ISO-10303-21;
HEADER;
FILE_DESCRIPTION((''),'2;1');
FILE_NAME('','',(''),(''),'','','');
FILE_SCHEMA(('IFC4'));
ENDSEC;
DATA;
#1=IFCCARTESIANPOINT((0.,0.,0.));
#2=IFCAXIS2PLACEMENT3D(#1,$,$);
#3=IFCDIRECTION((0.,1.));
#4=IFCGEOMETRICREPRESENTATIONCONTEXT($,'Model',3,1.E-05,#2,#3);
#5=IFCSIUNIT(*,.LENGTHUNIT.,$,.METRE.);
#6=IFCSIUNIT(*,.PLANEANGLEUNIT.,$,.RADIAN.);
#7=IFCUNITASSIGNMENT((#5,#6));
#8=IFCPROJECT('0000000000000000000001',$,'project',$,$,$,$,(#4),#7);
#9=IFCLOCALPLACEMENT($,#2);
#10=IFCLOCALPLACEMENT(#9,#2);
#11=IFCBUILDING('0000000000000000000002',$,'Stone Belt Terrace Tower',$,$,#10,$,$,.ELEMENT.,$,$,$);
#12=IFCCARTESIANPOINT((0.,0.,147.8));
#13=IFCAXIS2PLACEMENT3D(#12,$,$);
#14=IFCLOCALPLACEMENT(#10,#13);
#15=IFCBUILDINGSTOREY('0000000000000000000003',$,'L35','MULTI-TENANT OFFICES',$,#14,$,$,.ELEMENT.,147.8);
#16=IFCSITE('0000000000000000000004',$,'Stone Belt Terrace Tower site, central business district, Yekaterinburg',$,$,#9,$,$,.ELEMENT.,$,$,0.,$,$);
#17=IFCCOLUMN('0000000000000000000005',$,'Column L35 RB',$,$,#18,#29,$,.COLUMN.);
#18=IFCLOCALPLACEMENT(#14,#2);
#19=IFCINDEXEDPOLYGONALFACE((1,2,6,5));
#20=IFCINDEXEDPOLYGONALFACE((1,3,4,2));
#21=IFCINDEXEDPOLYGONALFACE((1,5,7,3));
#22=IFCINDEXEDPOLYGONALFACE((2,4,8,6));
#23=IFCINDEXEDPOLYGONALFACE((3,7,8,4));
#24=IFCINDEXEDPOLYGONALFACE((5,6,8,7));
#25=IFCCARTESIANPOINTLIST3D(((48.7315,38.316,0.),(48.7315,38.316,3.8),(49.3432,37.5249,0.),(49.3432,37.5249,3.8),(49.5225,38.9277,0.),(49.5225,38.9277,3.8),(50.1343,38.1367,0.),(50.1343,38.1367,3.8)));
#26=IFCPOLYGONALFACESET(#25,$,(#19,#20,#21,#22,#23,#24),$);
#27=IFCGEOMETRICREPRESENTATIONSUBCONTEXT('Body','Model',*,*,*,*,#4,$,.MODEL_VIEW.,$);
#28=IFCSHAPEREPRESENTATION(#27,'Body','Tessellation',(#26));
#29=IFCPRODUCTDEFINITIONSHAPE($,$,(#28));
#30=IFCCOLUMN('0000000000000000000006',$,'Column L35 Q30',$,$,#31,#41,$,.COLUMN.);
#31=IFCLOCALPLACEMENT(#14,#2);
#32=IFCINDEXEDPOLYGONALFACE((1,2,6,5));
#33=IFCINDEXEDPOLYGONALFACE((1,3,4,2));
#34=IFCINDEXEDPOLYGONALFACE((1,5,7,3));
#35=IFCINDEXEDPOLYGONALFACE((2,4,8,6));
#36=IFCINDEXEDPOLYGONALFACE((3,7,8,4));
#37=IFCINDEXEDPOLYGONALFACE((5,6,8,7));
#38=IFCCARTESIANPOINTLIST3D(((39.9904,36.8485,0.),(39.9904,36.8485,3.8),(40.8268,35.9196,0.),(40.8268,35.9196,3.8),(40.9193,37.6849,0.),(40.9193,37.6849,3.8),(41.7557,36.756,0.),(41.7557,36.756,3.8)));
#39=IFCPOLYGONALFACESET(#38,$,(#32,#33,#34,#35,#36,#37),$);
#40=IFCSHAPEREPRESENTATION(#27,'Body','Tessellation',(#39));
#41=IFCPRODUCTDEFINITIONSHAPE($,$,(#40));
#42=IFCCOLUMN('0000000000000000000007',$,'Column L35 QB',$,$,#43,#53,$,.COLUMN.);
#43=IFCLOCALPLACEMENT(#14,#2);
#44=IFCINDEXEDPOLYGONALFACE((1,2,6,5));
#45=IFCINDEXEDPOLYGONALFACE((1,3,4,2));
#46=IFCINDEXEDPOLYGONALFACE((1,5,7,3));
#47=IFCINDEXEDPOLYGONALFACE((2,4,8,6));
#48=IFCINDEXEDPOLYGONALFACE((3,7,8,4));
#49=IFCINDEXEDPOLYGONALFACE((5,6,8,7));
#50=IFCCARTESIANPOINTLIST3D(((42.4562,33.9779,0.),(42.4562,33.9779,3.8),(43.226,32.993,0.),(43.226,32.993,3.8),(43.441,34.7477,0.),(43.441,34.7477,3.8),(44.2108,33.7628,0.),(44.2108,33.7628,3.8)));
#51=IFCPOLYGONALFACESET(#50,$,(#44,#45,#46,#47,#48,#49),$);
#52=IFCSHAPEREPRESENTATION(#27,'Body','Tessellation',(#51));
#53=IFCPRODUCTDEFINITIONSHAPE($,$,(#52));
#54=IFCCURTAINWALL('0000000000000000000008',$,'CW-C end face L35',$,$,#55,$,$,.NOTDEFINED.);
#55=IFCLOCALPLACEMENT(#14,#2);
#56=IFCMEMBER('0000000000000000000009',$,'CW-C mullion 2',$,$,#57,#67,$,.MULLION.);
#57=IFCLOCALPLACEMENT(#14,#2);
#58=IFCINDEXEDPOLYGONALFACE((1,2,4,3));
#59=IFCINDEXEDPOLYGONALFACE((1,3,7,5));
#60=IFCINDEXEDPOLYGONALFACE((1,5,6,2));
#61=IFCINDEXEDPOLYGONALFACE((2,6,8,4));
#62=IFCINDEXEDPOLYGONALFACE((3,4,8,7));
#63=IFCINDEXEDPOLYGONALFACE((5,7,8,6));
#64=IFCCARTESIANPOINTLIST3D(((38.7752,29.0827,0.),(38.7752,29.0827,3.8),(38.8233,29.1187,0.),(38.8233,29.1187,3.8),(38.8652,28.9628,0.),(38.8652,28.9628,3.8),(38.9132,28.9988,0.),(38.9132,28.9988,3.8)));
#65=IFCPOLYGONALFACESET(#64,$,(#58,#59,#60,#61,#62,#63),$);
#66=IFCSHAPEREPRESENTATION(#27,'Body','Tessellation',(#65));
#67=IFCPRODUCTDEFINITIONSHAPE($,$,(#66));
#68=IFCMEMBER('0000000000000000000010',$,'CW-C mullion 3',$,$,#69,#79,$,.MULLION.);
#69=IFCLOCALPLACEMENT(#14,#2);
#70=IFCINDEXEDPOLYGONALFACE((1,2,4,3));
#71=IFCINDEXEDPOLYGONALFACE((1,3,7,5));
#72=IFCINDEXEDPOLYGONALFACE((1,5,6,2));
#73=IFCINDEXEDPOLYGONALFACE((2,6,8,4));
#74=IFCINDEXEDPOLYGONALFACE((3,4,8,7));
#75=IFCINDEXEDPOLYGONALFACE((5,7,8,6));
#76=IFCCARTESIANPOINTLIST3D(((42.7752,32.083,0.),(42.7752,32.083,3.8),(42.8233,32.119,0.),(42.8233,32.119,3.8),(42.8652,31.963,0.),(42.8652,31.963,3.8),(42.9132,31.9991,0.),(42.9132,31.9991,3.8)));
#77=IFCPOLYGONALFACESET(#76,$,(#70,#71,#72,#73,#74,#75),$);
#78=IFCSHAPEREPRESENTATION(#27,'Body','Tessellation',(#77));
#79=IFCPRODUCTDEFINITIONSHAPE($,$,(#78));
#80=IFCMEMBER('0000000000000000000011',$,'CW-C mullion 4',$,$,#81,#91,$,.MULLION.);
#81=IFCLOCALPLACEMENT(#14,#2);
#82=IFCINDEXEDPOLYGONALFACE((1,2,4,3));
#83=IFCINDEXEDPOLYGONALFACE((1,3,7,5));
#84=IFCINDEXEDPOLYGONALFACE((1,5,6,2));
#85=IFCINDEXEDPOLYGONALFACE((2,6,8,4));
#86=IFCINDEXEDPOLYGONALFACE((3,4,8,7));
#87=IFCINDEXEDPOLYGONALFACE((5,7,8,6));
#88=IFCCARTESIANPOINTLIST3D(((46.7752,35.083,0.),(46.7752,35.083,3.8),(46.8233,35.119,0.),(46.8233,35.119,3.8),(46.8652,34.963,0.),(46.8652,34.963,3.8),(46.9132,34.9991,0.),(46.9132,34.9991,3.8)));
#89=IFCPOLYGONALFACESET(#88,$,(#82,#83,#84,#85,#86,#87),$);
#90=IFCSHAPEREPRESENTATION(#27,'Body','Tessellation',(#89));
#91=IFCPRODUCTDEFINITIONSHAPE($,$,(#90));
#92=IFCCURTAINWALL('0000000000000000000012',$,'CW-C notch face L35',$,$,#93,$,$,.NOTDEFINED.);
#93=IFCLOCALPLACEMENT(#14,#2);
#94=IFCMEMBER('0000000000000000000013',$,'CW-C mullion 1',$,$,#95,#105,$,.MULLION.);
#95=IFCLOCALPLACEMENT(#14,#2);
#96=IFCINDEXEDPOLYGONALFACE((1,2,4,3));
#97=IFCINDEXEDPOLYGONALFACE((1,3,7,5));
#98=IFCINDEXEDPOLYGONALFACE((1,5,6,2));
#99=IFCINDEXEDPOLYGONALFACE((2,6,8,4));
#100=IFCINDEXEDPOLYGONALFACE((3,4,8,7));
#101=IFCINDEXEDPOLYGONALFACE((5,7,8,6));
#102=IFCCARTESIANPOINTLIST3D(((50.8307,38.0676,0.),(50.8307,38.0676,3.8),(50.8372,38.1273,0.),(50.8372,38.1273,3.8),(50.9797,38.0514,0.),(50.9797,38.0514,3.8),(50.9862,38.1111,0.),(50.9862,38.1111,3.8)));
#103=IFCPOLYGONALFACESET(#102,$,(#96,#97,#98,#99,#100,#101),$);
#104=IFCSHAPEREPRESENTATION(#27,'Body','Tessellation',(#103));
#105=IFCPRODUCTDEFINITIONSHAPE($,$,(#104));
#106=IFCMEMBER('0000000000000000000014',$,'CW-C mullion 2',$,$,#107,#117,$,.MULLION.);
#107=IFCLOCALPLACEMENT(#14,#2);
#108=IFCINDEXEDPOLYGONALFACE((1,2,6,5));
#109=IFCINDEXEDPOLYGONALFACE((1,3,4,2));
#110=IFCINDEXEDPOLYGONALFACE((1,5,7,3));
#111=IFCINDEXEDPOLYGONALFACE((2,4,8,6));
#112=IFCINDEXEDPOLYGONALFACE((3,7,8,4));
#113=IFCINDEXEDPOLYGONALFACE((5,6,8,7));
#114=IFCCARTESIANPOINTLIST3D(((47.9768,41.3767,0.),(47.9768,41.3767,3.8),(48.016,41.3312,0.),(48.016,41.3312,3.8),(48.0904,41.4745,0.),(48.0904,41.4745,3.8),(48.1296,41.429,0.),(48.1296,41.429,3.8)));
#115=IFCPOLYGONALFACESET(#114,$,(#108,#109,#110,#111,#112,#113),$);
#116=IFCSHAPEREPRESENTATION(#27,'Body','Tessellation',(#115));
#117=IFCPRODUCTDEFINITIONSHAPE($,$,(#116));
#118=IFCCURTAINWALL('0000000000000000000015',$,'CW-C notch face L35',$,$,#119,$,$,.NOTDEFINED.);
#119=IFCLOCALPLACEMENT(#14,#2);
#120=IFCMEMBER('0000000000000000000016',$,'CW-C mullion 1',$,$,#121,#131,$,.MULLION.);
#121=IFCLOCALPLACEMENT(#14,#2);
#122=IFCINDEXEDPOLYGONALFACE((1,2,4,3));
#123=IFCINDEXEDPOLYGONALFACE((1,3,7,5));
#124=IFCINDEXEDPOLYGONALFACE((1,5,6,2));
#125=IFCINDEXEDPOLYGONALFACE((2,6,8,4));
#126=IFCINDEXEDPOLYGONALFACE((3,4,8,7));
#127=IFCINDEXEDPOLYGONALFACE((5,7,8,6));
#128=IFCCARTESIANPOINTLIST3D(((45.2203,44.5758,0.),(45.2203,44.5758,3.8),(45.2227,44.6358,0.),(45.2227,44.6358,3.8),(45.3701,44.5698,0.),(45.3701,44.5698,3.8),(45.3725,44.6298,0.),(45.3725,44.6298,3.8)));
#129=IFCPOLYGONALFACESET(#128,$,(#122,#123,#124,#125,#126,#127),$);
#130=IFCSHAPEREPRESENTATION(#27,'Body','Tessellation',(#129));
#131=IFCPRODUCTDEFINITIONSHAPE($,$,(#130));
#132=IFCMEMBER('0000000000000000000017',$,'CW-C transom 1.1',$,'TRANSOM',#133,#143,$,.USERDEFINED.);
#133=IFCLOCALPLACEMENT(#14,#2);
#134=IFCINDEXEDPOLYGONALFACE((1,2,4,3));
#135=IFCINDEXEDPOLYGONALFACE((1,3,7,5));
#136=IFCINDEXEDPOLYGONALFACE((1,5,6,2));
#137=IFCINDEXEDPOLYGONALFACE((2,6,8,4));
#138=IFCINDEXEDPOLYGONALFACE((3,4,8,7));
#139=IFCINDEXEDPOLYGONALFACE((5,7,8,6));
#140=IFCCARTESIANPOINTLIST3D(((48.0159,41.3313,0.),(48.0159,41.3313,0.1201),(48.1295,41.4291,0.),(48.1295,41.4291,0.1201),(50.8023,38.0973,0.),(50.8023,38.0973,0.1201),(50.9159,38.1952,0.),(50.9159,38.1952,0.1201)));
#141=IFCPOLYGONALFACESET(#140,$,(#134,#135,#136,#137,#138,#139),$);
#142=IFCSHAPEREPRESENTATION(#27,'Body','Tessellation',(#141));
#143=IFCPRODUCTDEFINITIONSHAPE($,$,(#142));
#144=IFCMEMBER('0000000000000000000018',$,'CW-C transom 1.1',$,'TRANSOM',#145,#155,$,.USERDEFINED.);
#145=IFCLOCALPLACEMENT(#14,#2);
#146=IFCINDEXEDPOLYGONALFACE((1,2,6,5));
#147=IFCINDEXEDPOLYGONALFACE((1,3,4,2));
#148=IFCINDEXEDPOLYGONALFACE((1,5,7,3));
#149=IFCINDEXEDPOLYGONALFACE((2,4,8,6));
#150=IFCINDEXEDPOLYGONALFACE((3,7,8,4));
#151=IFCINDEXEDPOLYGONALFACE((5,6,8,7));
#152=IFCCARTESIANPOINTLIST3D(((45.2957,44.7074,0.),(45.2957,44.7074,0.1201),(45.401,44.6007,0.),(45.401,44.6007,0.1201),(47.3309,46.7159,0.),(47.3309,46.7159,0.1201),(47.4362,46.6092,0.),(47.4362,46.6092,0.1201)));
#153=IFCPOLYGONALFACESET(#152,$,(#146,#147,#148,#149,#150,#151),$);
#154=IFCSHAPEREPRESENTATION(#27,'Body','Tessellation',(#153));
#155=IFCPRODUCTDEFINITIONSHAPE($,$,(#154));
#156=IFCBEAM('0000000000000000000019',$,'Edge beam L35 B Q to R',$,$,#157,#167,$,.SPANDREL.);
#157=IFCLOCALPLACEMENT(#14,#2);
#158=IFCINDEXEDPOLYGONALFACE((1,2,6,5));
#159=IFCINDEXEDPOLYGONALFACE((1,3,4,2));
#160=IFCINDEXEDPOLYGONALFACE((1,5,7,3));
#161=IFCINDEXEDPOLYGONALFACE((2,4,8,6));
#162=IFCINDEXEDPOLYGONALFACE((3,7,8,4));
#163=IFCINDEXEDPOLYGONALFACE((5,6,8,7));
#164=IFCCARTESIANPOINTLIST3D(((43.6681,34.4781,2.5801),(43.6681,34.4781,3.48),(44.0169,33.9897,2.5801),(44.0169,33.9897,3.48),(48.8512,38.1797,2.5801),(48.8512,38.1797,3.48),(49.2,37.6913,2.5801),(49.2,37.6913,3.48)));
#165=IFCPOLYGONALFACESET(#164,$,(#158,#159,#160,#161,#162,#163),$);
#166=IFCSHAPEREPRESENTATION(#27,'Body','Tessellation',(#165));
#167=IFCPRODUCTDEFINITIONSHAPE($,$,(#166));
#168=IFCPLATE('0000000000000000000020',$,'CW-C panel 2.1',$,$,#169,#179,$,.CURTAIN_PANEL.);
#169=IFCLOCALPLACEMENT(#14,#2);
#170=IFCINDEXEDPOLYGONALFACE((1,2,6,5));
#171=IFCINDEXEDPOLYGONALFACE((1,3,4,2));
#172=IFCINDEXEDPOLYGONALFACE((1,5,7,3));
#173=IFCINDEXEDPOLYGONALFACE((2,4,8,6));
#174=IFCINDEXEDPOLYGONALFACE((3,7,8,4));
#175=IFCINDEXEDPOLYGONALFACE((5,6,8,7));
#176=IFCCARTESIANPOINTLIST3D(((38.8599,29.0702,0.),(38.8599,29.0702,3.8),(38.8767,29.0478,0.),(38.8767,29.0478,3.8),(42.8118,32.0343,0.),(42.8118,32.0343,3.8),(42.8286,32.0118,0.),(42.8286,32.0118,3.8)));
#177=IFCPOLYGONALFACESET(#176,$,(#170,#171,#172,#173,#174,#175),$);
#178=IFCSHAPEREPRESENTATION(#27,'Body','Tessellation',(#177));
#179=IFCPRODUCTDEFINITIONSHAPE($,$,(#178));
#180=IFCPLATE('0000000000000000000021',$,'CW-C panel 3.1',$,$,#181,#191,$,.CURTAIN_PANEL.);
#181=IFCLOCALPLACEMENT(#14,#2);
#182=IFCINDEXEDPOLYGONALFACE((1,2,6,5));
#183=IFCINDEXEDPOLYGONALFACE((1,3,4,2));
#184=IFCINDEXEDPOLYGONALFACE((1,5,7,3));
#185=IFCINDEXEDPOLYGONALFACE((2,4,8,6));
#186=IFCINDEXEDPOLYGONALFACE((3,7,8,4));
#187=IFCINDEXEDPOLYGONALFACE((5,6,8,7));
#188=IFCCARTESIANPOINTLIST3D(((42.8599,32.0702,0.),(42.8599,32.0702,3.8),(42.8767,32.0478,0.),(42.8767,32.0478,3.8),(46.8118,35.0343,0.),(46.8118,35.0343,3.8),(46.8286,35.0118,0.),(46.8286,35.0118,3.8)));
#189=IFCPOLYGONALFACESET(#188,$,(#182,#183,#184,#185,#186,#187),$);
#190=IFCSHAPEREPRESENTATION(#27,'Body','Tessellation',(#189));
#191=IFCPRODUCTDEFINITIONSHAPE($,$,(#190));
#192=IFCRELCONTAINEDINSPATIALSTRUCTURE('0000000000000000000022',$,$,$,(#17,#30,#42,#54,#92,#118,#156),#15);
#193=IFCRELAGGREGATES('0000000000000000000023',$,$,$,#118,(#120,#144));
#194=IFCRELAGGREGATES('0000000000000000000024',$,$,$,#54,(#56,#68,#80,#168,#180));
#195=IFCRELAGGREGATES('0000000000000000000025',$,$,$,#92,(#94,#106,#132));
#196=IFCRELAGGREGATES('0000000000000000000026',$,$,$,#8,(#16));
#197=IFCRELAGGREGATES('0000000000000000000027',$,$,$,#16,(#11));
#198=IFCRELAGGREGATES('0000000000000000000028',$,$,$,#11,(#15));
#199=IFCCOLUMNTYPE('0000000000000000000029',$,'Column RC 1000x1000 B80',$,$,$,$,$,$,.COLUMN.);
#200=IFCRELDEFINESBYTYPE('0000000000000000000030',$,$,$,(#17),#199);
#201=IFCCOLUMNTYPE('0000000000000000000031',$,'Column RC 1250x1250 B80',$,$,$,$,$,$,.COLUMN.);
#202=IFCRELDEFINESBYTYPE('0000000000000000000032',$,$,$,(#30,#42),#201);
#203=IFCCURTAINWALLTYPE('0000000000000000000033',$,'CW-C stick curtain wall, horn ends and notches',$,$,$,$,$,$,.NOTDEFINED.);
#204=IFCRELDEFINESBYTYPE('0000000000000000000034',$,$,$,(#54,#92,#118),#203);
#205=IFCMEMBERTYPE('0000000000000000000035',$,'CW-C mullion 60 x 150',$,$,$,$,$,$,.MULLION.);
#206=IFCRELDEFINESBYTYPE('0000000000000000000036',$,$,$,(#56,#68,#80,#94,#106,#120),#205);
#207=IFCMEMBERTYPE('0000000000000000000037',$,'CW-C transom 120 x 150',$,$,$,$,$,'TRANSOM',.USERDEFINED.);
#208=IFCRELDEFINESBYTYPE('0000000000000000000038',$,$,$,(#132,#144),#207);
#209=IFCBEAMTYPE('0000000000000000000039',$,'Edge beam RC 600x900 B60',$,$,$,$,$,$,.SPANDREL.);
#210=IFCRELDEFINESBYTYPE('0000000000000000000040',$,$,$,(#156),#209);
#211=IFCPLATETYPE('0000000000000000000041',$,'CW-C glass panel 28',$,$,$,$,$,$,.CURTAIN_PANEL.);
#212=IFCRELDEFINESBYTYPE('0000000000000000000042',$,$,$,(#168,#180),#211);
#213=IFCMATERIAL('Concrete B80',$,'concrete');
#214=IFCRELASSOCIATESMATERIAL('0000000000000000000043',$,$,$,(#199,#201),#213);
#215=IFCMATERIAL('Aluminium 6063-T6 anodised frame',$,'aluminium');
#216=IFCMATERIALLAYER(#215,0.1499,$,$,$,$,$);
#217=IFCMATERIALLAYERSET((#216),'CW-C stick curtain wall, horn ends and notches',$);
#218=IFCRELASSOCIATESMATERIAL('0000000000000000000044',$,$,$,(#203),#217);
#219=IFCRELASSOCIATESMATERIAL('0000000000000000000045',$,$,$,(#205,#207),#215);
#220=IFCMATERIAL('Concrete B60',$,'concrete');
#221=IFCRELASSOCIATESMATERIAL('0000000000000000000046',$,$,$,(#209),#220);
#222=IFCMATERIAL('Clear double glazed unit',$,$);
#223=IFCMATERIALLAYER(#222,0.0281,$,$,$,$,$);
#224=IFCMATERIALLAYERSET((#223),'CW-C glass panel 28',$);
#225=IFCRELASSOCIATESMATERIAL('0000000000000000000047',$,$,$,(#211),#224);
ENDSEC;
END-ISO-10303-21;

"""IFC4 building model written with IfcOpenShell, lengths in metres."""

from ifc_helpers import new_model, si_unit, direction, frame, origin, origin_2d, place, context, subcontext, project, spatial, rectangle, extrude, material, layer, layer_set, material_profile, profile_set, type_object, element, aggregate, save


model = new_model("IFC4")

# Units and contexts
model_context = context("Model", 3, precision=1e-05, world=origin(), true_north=direction((0.0, 1.0)))
body_context = subcontext(model_context, "Body", "Model", "MODEL_VIEW")
ifc_project = project(units=[si_unit("LENGTHUNIT", "METRE"), si_unit("PLANEANGLEUNIT", "RADIAN")], contexts=[model_context])

# Site, building, storey
site_placement = place(None, origin())
site = spatial("IfcSite", under=ifc_project, at=site_placement, Name="Stone Belt Terrace Tower site, central business district, Yekaterinburg", CompositionType="ELEMENT", RefElevation=0.0)
building_placement = place(site_placement, origin())
building = spatial("IfcBuilding", under=site, at=building_placement, Name="Stone Belt Terrace Tower", CompositionType="ELEMENT")
storey_placement = place(building_placement, frame((0.0, 0.0, 147.8)))
storey = spatial("IfcBuildingStorey", under=building, at=storey_placement, Name="L35", Description="MULTI-TENANT OFFICES", CompositionType="ELEMENT", Elevation=147.8)

# Columns
ifc_material_1 = material(Name="Concrete B80", Category="concrete")
ifc_material_profile_1 = material_profile(ifc_material_1, rectangle(XDim=1.0, YDim=1.0, at=origin_2d()), Name="RC 1000x1000")
ifc_profile_set_1 = profile_set([ifc_material_profile_1], Name="Concrete B80")
column_type_1 = type_object("IfcColumnType", Name="Column RC 1000x1000 B80", PredefinedType="COLUMN", material=ifc_profile_set_1)
column_placement = place(storey_placement, frame((49.4329, 38.2263, 0.0), z_axis=(0.0, 0.0, 1.0), x_axis=(0.61173, -0.791067, 0.0)))
element("IfcColumn", 1, at=column_placement, inside=storey, type_object=column_type_1, Name="Column L35 RB", PredefinedType="COLUMN", context=body_context, shape_type="SweptSolid", body=[
    extrude(rectangle(XDim=1.0, YDim=1.0, at=origin_2d()), origin(), (0.0, 0.0, 1.0), 3.8),
])
ifc_material_profile_2 = material_profile(ifc_material_1, rectangle(XDim=1.25, YDim=1.25, at=origin_2d()), Name="RC 1250x1250")
ifc_profile_set_2 = profile_set([ifc_material_profile_2], Name="Concrete B80")
column_type_2 = type_object("IfcColumnType", Name="Column RC 1250x1250 B80", PredefinedType="COLUMN", material=ifc_profile_set_2)
for number, where, z_axis, x_axis, name in (
    (2, (40.873, 36.8022, 0.0), (0.0, 0.0, 1.0), (0.669131, -0.743145, 0.0), "Column L35 Q30"),
    (3, (43.3335, 33.8704, 0.0), (0.0, 0.0, 1.0), (0.615825, -0.787883, 0.0), "Column L35 QB"),
):
    element("IfcColumn", number, at=place(storey_placement, frame(where, z_axis=z_axis, x_axis=x_axis)), inside=storey, type_object=column_type_2, Name=name, PredefinedType="COLUMN", context=body_context, shape_type="SweptSolid", body=[
        extrude(rectangle(XDim=1.25, YDim=1.25, at=origin_2d()), origin(), (0.0, 0.0, 1.0), 3.8),
    ])

# Curtain walls, members
ifc_material_2 = material(Name="Aluminium 6063-T6 anodised frame", Category="aluminium")
ifc_layer_1 = layer(ifc_material_2, 0.1499)
ifc_layer_set_1 = layer_set([ifc_layer_1], Name="CW-C stick curtain wall, horn ends and notches")
curtain_wall_type = type_object("IfcCurtainWallType", Name="CW-C stick curtain wall, horn ends and notches", PredefinedType="NOTDEFINED", material=ifc_layer_set_1)
curtain_wall_1_placement = place(storey_placement, origin())
curtain_wall_1 = element("IfcCurtainWall", 4, at=curtain_wall_1_placement, inside=storey, type_object=curtain_wall_type, Name="CW-C end face L35", PredefinedType="NOTDEFINED")
ifc_material_profile_3 = material_profile(ifc_material_2, rectangle(XDim=0.1499, YDim=0.0601, at=origin_2d()), Name="Aluminium 6063-T6 60x150")
ifc_profile_set_3 = profile_set([ifc_material_profile_3], Name="Aluminium 6063-T6 anodised frame")
member_type_1 = type_object("IfcMemberType", Name="CW-C mullion 60 x 150", PredefinedType="MULLION", material=ifc_profile_set_3)
member_1_placement = place(storey_placement, frame((38.8442, 29.0408, 0.0), z_axis=(0.0, 0.0, 1.0), x_axis=(-0.600018, 0.799987, 0.0)))
member_1 = element("IfcMember", 5, at=member_1_placement, type_object=member_type_1, Name="CW-C mullion 2", PredefinedType="MULLION", context=body_context, shape_type="SweptSolid", body=[
    extrude(rectangle(XDim=0.1499, YDim=0.0601, at=origin_2d()), origin(), (0.0, 0.0, 1.0), 3.8),
])
member_2_placement = place(storey_placement, frame((42.8442, 32.041, 0.0), z_axis=(0.0, 0.0, 1.0), x_axis=(-0.600018, 0.799987, 0.0)))
member_2 = element("IfcMember", 6, at=member_2_placement, type_object=member_type_1, Name="CW-C mullion 3", PredefinedType="MULLION", context=body_context, shape_type="SweptSolid", body=[
    extrude(rectangle(XDim=0.1499, YDim=0.0601, at=origin_2d()), origin(), (0.0, 0.0, 1.0), 3.8),
])
member_3_placement = place(storey_placement, frame((46.8442, 35.041, 0.0), z_axis=(0.0, 0.0, 1.0), x_axis=(-0.600018, 0.799987, 0.0)))
member_3 = element("IfcMember", 7, at=member_3_placement, type_object=member_type_1, Name="CW-C mullion 4", PredefinedType="MULLION", context=body_context, shape_type="SweptSolid", body=[
    extrude(rectangle(XDim=0.1499, YDim=0.0601, at=origin_2d()), origin(), (0.0, 0.0, 1.0), 3.8),
])
curtain_wall_2_placement = place(storey_placement, origin())
curtain_wall_2 = element("IfcCurtainWall", 8, at=curtain_wall_2_placement, inside=storey, type_object=curtain_wall_type, Name="CW-C notch face L35", PredefinedType="NOTDEFINED")
member_4_placement = place(storey_placement, frame((50.9084, 38.0894, 0.0), z_axis=(0.0, 0.0, 1.0), x_axis=(-0.994169, 0.10783, 0.0)))
member_4 = element("IfcMember", 9, at=member_4_placement, type_object=member_type_1, Name="CW-C mullion 1", PredefinedType="MULLION", context=body_context, shape_type="SweptSolid", body=[
    extrude(rectangle(XDim=0.1499, YDim=0.0601, at=origin_2d()), origin(), (0.0, 0.0, 1.0), 3.8),
])
member_5_placement = place(storey_placement, frame((48.0532, 41.4028, 0.0), z_axis=(0.0, 0.0, 1.0), x_axis=(-0.757584, -0.652738, 0.0)))
member_5 = element("IfcMember", 10, at=member_5_placement, type_object=member_type_1, Name="CW-C mullion 2", PredefinedType="MULLION", context=body_context, shape_type="SweptSolid", body=[
    extrude(rectangle(XDim=0.1499, YDim=0.0601, at=origin_2d()), origin(), (0.0, 0.0, 1.0), 3.8),
])

# Curtain wall, member
curtain_wall_3_placement = place(storey_placement, origin())
curtain_wall_3 = element("IfcCurtainWall", 11, at=curtain_wall_3_placement, inside=storey, type_object=curtain_wall_type, Name="CW-C notch face L35", PredefinedType="NOTDEFINED")
member_6_placement = place(storey_placement, frame((45.2964, 44.6028, 0.0), z_axis=(0.0, 0.0, 1.0), x_axis=(-0.999185, 0.04036, 0.0)))
member_6 = element("IfcMember", 12, at=member_6_placement, type_object=member_type_1, Name="CW-C mullion 1", PredefinedType="MULLION", context=body_context, shape_type="SweptSolid", body=[
    extrude(rectangle(XDim=0.1499, YDim=0.0601, at=origin_2d()), origin(), (0.0, 0.0, 1.0), 3.8),
])

# Members
ifc_material_profile_4 = material_profile(ifc_material_2, rectangle(XDim=0.1499, YDim=0.1201, at=origin_2d()), Name="Aluminium 6063-T6 150x120")
ifc_profile_set_4 = profile_set([ifc_material_profile_4], Name="Aluminium 6063-T6 anodised frame")
member_type_2 = type_object("IfcMemberType", Name="CW-C transom 120 x 150", ElementType="TRANSOM", PredefinedType="USERDEFINED", material=ifc_profile_set_4)
member_7_placement = place(storey_placement, frame((50.8591, 38.1462, 0.0601), z_axis=(-0.652744, 0.757579, 0.0), x_axis=(-0.757579, -0.652744, 0.0)))
member_7 = element("IfcMember", 13, at=member_7_placement, type_object=member_type_2, Name="CW-C transom 1.1", ObjectType="TRANSOM", PredefinedType="USERDEFINED", context=body_context, shape_type="SweptSolid", body=[
    extrude(rectangle(XDim=0.1499, YDim=0.1201, at=origin_2d()), origin(), (0.0, 0.0, 1.0), 4.2688),
])
member_8_placement = place(storey_placement, frame((45.3484, 44.6541, 0.0601), z_axis=(0.711745, 0.702438, 0.0), x_axis=(-0.702438, 0.711745, 0.0)))
member_8 = element("IfcMember", 14, at=member_8_placement, type_object=member_type_2, Name="CW-C transom 1.1", ObjectType="TRANSOM", PredefinedType="USERDEFINED", context=body_context, shape_type="SweptSolid", body=[
    extrude(rectangle(XDim=0.1499, YDim=0.1201, at=origin_2d()), origin(), (0.0, 0.0, 1.0), 2.8594),
])
aggregate(curtain_wall_3, [member_6, member_8])

# Beam
ifc_material_3 = material(Name="Concrete B60", Category="concrete")
ifc_material_profile_5 = material_profile(ifc_material_3, rectangle(XDim=0.6001, YDim=0.8999, at=origin_2d()), Name="RC 600x900")
ifc_profile_set_5 = profile_set([ifc_material_profile_5], Name="Concrete B60")
beam_type = type_object("IfcBeamType", Name="Edge beam RC 600x900 B60", PredefinedType="SPANDREL", material=ifc_profile_set_5)
beam_placement = place(storey_placement, frame((43.8425, 34.2339, 3.03), z_axis=(0.813775, 0.58118, 0.0), x_axis=(-0.58118, 0.813775, 0.0)))
element("IfcBeam", 15, at=beam_placement, inside=storey, type_object=beam_type, Name="Edge beam L35 B Q to R", PredefinedType="SPANDREL", context=body_context, shape_type="SweptSolid", body=[
    extrude(rectangle(XDim=0.6001, YDim=0.8999, at=origin_2d()), origin(), (0.0, 0.0, 1.0), 6.3691),
])

# Plates
ifc_material_4 = material(Name="Clear double glazed unit")
ifc_layer_2 = layer(ifc_material_4, 0.0281)
ifc_layer_set_2 = layer_set([ifc_layer_2], Name="CW-C glass panel 28")
plate_type = type_object("IfcPlateType", Name="CW-C glass panel 28", PredefinedType="CURTAIN_PANEL", material=ifc_layer_set_2)
plate_1_placement = place(storey_placement, frame((40.8442, 30.541, 0.0), z_axis=(0.0, 0.0, 1.0), x_axis=(0.799987, 0.600018, 0.0)))
plate_1 = element("IfcPlate", 16, at=plate_1_placement, type_object=plate_type, Name="CW-C panel 2.1", PredefinedType="CURTAIN_PANEL", context=body_context, shape_type="SweptSolid", body=[
    extrude(rectangle(XDim=4.9399, YDim=0.0281, at=origin_2d()), origin(), (0.0, 0.0, 1.0), 3.8),
])
plate_2_placement = place(storey_placement, frame((44.8442, 33.541, 0.0), z_axis=(0.0, 0.0, 1.0), x_axis=(0.799987, 0.600018, 0.0)))
plate_2 = element("IfcPlate", 17, at=plate_2_placement, type_object=plate_type, Name="CW-C panel 3.1", PredefinedType="CURTAIN_PANEL", context=body_context, shape_type="SweptSolid", body=[
    extrude(rectangle(XDim=4.9399, YDim=0.0281, at=origin_2d()), origin(), (0.0, 0.0, 1.0), 3.8),
])
aggregate(curtain_wall_1, [member_1, member_2, member_3, plate_1, plate_2])
aggregate(curtain_wall_2, [member_4, member_5, member_7])

save(model, "model.ifc")
